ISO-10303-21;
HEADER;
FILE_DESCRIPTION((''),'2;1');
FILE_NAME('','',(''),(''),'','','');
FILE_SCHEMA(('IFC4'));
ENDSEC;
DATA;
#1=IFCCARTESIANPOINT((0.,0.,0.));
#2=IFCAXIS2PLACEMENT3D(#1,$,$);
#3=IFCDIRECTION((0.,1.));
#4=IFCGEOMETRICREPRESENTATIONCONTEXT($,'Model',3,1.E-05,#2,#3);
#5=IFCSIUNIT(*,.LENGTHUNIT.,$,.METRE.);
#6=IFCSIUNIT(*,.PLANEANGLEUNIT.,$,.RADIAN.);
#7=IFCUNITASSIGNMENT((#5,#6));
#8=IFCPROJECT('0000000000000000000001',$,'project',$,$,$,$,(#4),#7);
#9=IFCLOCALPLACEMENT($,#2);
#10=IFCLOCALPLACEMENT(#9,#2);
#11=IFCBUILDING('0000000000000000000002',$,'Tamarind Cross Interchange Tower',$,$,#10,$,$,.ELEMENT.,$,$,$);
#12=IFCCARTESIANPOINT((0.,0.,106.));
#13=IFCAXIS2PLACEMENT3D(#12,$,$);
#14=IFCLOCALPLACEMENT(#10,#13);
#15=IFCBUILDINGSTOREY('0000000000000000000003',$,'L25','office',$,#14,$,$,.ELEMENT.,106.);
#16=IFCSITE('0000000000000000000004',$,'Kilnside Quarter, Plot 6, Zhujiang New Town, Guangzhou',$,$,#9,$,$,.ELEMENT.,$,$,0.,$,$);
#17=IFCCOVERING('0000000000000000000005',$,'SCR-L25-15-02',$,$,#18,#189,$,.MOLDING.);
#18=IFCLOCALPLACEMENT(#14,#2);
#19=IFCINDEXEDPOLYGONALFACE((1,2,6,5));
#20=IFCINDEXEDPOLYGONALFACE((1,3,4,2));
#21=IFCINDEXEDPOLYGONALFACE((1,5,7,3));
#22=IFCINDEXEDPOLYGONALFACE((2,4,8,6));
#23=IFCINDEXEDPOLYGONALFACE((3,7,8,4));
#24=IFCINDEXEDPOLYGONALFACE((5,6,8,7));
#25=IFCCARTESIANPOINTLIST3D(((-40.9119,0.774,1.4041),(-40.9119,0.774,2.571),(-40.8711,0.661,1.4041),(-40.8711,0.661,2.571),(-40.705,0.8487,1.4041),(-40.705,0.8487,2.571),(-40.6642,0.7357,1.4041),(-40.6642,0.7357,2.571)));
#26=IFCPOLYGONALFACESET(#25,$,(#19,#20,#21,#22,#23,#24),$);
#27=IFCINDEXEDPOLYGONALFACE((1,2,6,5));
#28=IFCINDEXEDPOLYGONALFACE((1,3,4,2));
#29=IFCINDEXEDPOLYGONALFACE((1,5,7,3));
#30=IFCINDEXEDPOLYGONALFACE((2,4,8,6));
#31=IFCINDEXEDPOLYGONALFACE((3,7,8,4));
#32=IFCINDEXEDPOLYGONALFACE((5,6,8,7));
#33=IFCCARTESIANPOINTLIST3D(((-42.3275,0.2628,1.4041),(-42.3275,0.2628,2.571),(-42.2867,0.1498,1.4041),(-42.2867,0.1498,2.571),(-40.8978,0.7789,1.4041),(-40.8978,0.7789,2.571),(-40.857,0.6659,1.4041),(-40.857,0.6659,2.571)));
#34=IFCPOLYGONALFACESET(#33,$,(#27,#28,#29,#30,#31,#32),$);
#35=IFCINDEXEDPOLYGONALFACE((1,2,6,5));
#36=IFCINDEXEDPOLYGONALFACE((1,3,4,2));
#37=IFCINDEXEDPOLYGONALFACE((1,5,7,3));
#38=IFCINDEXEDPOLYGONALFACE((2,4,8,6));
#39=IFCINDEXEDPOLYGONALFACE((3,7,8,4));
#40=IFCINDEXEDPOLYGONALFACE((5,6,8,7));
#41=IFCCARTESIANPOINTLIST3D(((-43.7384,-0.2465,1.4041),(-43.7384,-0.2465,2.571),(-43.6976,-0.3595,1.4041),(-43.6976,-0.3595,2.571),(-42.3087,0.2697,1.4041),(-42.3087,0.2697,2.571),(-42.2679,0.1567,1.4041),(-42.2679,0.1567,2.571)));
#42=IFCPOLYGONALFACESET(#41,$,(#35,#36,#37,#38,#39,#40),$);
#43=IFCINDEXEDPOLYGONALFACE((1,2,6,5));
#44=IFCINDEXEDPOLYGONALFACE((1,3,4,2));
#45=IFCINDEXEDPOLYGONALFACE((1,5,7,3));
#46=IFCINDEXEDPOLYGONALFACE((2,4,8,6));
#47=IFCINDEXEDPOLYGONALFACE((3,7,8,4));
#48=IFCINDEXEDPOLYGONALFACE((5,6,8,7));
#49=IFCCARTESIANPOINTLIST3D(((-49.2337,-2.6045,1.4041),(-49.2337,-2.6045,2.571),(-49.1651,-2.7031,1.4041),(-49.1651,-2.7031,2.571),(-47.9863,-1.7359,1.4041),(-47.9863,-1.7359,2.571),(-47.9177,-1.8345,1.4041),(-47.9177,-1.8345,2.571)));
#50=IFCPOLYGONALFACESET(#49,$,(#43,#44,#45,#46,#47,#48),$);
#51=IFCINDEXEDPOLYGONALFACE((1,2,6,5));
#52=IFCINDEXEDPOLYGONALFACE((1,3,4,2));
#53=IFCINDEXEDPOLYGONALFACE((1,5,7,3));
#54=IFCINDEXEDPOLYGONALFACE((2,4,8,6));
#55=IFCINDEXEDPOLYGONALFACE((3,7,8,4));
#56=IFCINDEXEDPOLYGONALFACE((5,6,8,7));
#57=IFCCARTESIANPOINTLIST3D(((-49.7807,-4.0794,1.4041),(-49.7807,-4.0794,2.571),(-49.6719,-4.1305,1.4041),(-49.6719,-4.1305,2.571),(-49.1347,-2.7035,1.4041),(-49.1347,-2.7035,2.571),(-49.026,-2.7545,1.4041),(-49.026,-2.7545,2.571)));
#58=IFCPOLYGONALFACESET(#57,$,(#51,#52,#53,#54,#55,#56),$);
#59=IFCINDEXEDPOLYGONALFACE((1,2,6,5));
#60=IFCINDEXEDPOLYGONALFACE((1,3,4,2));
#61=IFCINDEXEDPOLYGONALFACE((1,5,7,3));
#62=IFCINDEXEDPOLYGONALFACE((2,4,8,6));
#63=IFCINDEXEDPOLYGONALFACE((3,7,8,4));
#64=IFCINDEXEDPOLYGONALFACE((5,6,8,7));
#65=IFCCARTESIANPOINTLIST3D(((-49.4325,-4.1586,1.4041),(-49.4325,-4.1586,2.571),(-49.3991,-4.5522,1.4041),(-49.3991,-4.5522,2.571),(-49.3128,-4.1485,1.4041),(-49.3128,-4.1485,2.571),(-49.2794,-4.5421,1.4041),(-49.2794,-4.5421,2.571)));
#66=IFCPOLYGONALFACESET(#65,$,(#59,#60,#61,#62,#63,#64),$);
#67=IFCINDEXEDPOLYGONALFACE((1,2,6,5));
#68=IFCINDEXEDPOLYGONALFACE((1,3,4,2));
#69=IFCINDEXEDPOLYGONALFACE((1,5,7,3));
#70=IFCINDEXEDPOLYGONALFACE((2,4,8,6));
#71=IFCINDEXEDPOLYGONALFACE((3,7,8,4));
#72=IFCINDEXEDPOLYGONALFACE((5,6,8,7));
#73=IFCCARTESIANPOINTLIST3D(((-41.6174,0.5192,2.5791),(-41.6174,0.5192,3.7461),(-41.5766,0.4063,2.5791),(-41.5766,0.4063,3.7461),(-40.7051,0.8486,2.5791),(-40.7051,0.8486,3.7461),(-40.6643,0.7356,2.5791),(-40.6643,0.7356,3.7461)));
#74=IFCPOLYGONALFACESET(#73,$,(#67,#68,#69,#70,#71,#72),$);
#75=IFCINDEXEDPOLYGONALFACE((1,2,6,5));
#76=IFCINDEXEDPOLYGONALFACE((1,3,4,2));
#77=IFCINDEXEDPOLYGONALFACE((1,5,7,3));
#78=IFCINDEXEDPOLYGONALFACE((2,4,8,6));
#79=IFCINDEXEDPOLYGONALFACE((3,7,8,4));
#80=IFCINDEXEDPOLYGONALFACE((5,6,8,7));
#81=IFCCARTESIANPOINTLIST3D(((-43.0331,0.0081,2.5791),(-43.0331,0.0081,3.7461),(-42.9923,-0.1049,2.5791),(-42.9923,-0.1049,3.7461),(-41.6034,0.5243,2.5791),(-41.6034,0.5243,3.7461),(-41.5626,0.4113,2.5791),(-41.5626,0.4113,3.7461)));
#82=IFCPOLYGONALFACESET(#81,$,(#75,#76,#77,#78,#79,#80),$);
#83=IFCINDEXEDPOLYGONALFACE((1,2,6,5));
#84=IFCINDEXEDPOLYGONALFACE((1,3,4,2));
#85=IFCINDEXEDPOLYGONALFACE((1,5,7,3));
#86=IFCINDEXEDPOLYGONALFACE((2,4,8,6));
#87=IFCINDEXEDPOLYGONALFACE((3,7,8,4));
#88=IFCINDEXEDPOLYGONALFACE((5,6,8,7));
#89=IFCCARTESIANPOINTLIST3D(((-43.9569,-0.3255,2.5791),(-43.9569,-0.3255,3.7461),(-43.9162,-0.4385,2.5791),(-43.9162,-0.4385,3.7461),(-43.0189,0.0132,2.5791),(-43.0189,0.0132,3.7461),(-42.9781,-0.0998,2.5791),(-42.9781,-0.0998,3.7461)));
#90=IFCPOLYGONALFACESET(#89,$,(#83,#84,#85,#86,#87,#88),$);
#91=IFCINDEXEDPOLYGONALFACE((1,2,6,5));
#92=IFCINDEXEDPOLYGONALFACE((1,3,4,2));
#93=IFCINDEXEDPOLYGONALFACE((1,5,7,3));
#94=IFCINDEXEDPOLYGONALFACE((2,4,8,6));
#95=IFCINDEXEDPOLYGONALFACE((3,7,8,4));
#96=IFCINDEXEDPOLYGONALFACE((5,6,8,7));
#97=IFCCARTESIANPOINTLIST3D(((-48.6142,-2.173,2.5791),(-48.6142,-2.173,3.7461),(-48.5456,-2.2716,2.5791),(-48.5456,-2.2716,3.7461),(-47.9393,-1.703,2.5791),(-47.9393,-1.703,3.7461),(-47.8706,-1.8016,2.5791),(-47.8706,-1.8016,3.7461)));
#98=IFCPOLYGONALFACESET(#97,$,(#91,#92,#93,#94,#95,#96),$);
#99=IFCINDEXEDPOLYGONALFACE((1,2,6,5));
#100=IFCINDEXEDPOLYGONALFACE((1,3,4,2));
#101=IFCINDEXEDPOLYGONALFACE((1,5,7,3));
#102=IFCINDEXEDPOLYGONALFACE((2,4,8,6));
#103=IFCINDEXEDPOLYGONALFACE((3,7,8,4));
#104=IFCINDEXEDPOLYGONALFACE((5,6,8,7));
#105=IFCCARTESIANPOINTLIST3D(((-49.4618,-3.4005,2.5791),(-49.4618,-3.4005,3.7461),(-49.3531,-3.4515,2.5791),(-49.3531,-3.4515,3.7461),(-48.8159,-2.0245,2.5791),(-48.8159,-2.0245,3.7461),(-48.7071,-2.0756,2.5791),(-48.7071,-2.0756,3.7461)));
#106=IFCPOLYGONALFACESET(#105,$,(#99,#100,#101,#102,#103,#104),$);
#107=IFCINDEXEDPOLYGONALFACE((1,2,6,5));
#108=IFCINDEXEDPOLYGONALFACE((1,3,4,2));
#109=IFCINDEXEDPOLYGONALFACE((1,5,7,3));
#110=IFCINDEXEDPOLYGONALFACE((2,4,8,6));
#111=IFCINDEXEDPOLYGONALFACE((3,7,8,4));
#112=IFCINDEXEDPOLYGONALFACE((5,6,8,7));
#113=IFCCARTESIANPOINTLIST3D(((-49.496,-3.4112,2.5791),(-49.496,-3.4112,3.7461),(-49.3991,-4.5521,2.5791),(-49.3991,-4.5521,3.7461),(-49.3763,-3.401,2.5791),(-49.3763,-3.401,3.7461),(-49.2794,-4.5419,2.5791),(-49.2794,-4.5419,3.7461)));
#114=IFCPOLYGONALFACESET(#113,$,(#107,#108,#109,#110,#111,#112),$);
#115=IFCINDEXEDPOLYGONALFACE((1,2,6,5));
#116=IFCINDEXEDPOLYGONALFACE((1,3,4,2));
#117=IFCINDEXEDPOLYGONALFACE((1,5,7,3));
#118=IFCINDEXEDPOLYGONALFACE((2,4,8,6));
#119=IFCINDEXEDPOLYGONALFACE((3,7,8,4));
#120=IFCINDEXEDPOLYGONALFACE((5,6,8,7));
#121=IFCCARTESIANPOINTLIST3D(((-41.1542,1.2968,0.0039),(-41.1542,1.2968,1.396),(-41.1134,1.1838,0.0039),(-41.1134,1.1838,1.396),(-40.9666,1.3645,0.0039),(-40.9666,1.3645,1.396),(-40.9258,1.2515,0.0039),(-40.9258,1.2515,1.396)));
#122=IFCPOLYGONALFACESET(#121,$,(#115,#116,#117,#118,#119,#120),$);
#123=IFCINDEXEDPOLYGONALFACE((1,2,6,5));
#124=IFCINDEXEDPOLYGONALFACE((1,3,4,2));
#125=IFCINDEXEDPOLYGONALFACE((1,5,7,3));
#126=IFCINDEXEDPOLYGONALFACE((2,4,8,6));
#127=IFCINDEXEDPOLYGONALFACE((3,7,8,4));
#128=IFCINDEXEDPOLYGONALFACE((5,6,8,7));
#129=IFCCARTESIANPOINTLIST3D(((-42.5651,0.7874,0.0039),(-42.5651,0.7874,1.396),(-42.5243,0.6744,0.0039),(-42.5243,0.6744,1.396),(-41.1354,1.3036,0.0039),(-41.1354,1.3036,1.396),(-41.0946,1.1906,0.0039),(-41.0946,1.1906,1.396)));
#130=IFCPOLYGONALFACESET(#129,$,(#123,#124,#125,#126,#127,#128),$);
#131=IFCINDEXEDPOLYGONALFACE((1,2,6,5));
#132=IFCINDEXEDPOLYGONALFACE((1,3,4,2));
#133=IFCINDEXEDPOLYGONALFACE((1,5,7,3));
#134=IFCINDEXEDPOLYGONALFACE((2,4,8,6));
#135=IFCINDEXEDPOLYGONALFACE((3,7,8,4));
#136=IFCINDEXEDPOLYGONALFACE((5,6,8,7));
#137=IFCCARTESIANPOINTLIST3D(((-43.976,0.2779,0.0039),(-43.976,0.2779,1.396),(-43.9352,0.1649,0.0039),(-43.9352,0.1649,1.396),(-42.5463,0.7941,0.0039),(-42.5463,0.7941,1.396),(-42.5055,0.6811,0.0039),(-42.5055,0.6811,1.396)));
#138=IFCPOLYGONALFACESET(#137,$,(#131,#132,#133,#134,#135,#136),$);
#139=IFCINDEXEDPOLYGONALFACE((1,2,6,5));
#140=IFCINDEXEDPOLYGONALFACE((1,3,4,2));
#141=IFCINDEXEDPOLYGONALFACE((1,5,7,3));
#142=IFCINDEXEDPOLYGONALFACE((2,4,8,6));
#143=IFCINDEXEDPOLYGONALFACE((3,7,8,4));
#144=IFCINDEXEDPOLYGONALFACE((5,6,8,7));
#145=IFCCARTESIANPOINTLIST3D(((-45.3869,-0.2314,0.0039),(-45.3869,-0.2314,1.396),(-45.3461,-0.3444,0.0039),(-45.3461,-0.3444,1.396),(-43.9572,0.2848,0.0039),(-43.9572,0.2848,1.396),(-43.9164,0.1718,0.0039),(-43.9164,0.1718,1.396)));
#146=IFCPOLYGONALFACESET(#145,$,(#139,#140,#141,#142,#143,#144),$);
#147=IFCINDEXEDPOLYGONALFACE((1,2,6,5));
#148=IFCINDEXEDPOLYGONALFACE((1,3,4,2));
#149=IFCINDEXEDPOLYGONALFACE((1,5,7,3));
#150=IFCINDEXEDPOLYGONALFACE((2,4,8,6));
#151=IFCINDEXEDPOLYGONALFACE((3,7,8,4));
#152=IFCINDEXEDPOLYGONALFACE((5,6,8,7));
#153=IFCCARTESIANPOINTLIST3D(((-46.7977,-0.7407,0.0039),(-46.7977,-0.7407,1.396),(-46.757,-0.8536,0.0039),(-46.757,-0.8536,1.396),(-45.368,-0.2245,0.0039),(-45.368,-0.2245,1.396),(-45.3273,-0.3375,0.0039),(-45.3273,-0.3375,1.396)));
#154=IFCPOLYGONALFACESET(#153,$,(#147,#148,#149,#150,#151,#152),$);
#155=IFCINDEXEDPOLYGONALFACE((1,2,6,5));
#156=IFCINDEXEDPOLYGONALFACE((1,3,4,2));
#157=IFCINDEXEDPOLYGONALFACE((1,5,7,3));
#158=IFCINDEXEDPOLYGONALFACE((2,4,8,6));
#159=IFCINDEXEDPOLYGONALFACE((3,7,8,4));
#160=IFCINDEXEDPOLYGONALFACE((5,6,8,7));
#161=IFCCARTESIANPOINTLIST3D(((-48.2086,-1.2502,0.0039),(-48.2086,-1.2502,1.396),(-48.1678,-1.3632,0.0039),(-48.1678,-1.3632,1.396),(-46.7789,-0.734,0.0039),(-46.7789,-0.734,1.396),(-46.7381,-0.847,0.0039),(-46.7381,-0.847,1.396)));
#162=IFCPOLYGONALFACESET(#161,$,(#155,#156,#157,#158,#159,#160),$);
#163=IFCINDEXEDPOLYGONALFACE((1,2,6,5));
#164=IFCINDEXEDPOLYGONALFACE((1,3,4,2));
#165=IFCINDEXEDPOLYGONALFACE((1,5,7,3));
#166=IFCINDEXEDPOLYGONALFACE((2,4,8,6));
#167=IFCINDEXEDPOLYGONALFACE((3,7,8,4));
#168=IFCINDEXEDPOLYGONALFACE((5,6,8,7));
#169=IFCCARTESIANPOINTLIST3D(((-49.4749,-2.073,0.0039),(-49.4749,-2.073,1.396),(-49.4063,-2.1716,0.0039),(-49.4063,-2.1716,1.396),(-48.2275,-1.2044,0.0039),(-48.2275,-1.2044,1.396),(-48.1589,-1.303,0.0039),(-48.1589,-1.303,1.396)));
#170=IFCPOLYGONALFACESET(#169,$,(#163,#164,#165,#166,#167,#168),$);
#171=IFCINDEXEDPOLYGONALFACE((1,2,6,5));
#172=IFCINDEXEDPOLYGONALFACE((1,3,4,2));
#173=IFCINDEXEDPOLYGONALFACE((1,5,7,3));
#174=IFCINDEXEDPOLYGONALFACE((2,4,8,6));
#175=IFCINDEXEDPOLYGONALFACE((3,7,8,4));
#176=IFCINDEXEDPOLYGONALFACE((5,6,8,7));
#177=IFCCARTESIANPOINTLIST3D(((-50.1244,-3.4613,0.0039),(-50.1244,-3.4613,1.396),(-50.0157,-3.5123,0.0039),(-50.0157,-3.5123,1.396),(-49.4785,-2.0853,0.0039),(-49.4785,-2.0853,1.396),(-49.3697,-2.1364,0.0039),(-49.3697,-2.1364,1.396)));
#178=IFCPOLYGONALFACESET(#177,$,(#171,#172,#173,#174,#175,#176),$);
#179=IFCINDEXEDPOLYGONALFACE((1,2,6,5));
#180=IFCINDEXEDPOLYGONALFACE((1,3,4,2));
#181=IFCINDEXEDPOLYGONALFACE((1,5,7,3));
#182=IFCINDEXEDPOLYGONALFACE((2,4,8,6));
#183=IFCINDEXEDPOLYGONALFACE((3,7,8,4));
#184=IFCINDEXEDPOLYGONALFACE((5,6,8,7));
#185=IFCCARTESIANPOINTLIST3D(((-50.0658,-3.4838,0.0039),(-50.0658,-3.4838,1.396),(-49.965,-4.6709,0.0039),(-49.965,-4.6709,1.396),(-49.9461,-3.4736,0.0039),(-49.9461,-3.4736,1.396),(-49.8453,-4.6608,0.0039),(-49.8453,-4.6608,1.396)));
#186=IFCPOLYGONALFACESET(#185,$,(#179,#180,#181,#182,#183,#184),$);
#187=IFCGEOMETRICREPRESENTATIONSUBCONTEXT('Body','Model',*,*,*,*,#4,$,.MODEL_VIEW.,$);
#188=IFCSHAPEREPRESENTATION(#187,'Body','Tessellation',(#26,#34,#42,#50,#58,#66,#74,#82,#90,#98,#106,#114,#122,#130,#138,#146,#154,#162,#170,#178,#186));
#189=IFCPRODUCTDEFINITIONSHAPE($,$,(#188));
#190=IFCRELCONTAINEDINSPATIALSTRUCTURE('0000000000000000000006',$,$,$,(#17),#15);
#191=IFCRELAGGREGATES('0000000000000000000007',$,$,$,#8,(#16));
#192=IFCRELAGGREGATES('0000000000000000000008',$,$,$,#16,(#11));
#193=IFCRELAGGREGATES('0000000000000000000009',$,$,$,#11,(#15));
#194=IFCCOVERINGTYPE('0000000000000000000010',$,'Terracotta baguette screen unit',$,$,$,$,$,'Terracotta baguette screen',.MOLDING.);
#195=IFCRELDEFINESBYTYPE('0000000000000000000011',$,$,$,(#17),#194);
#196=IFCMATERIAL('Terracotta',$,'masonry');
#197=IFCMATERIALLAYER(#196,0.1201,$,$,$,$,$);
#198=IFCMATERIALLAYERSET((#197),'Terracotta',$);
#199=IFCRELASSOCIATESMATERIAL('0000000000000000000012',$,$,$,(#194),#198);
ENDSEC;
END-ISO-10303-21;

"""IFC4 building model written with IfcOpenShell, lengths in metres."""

from ifc_helpers import new_model, si_unit, direction, frame, origin, origin_2d, place, context, subcontext, project, spatial, rectangle, extrude, material, layer, layer_set, type_object, element, save


model = new_model("IFC4")

# Units and contexts
model_context = context("Model", 3, precision=1e-05, world=origin(), true_north=direction((0.0, 1.0)))
body_context = subcontext(model_context, "Body", "Model", "MODEL_VIEW")
ifc_project = project(units=[si_unit("LENGTHUNIT", "METRE"), si_unit("PLANEANGLEUNIT", "RADIAN")], contexts=[model_context])

# Site, building, storey
site_placement = place(None, origin())
site = spatial("IfcSite", under=ifc_project, at=site_placement, Name="Kilnside Quarter, Plot 6, Zhujiang New Town, Guangzhou", CompositionType="ELEMENT", RefElevation=0.0)
building_placement = place(site_placement, origin())
building = spatial("IfcBuilding", under=site, at=building_placement, Name="Tamarind Cross Interchange Tower", CompositionType="ELEMENT")
storey_placement = place(building_placement, frame((0.0, 0.0, 106.0)))
storey = spatial("IfcBuildingStorey", under=building, at=storey_placement, Name="L25", Description="office", CompositionType="ELEMENT", Elevation=106.0)

# Covering
ifc_material_1 = material(Name="Terracotta", Category="masonry")
ifc_layer_1 = layer(ifc_material_1, 0.1201)
ifc_layer_set_1 = layer_set([ifc_layer_1], Name="Terracotta")
covering_type = type_object("IfcCoveringType", Name="Terracotta baguette screen unit", ElementType="Terracotta baguette screen", PredefinedType="MOLDING", material=ifc_layer_set_1)
covering_1_placement = place(storey_placement, origin())
element("IfcCovering", 1, at=covering_1_placement, inside=storey, type_object=covering_type, Name="SCR-L25-15-02", PredefinedType="MOLDING", context=body_context, shape_type="SweptSolid", body=[
    extrude(rectangle(XDim=0.22, YDim=0.1201, at=origin_2d()), frame((-40.7881, 0.7549, 1.4041), z_axis=(0.0, 0.0, 1.0), x_axis=(-0.940578, -0.339579, 0.0)), (0.0, 0.0, 1.0), 1.167),
    extrude(rectangle(XDim=1.52, YDim=0.1201, at=origin_2d()), frame((-41.5923, 0.4644, 1.4041), z_axis=(0.0, 0.0, 1.0), x_axis=(-0.940578, -0.339579, 0.0)), (0.0, 0.0, 1.0), 1.167),
    extrude(rectangle(XDim=1.52, YDim=0.1201, at=origin_2d()), frame((-43.0032, -0.0449, 1.4041), z_axis=(0.0, 0.0, 1.0), x_axis=(-0.940578, -0.339579, 0.0)), (0.0, 0.0, 1.0), 1.167),
    extrude(rectangle(XDim=1.52, YDim=0.1201, at=origin_2d()), frame((-48.5757, -2.2195, 1.4041), z_axis=(0.0, 0.0, 1.0), x_axis=(-0.820639, -0.571447, 0.0)), (0.0, 0.0, 1.0), 1.167),
    extrude(rectangle(XDim=1.52, YDim=0.1201, at=origin_2d()), frame((-49.4033, -3.417, 1.4041), z_axis=(0.0, 0.0, 1.0), x_axis=(-0.424971, -0.905207, 0.0)), (0.0, 0.0, 1.0), 1.167),
    extrude(rectangle(XDim=0.395, YDim=0.1201, at=origin_2d()), frame((-49.356, -4.3503, 1.4041), z_axis=(0.0, 0.0, 1.0), x_axis=(0.084568, -0.996418, 0.0)), (0.0, 0.0, 1.0), 1.167),
    extrude(rectangle(XDim=0.97, YDim=0.1201, at=origin_2d()), frame((-41.1409, 0.6274, 2.5791), z_axis=(0.0, 0.0, 1.0), x_axis=(-0.940578, -0.339579, 0.0)), (0.0, 0.0, 1.0), 1.167),
    extrude(rectangle(XDim=1.52, YDim=0.1201, at=origin_2d()), frame((-42.2979, 0.2097, 2.5791), z_axis=(0.0, 0.0, 1.0), x_axis=(-0.940578, -0.339579, 0.0)), (0.0, 0.0, 1.0), 1.167),
    extrude(rectangle(XDim=0.9973, YDim=0.1201, at=origin_2d()), frame((-43.4675, -0.2126, 2.5791), z_axis=(0.0, 0.0, 1.0), x_axis=(-0.940578, -0.339579, 0.0)), (0.0, 0.0, 1.0), 1.167),
    extrude(rectangle(XDim=0.8225, YDim=0.1201, at=origin_2d()), frame((-48.2424, -1.9873, 2.5791), z_axis=(0.0, 0.0, 1.0), x_axis=(-0.820639, -0.571447, 0.0)), (0.0, 0.0, 1.0), 1.167),
    extrude(rectangle(XDim=1.52, YDim=0.1201, at=origin_2d()), frame((-49.0845, -2.738, 2.5791), z_axis=(0.0, 0.0, 1.0), x_axis=(-0.424971, -0.905207, 0.0)), (0.0, 0.0, 1.0), 1.167),
    extrude(rectangle(XDim=1.145, YDim=0.1201, at=origin_2d()), frame((-49.3877, -3.9766, 2.5791), z_axis=(0.0, 0.0, 1.0), x_axis=(0.084568, -0.996418, 0.0)), (0.0, 0.0, 1.0), 1.167),
    extrude(rectangle(XDim=0.1995, YDim=0.1201, at=origin_2d()), frame((-41.04, 1.2742, 0.0039), z_axis=(0.0, 0.0, 1.0), x_axis=(-0.940578, -0.339579, 0.0)), (0.0, 0.0, 1.0), 1.3921),
    extrude(rectangle(XDim=1.52, YDim=0.1201, at=origin_2d()), frame((-41.8298, 0.989, 0.0039), z_axis=(0.0, 0.0, 1.0), x_axis=(-0.940578, -0.339579, 0.0)), (0.0, 0.0, 1.0), 1.3921),
    extrude(rectangle(XDim=1.52, YDim=0.1201, at=origin_2d()), frame((-43.2407, 0.4795, 0.0039), z_axis=(0.0, 0.0, 1.0), x_axis=(-0.940578, -0.339579, 0.0)), (0.0, 0.0, 1.0), 1.3921),
    extrude(rectangle(XDim=1.52, YDim=0.1201, at=origin_2d()), frame((-44.6516, -0.0298, 0.0039), z_axis=(0.0, 0.0, 1.0), x_axis=(-0.940578, -0.339579, 0.0)), (0.0, 0.0, 1.0), 1.3921),
    extrude(rectangle(XDim=1.52, YDim=0.1201, at=origin_2d()), frame((-46.0625, -0.5391, 0.0039), z_axis=(0.0, 0.0, 1.0), x_axis=(-0.940578, -0.339579, 0.0)), (0.0, 0.0, 1.0), 1.3921),
    extrude(rectangle(XDim=1.52, YDim=0.1201, at=origin_2d()), frame((-47.4734, -1.0486, 0.0039), z_axis=(0.0, 0.0, 1.0), x_axis=(-0.940578, -0.339579, 0.0)), (0.0, 0.0, 1.0), 1.3921),
    extrude(rectangle(XDim=1.52, YDim=0.1201, at=origin_2d()), frame((-48.8169, -1.688, 0.0039), z_axis=(0.0, 0.0, 1.0), x_axis=(-0.820639, -0.571447, 0.0)), (0.0, 0.0, 1.0), 1.3921),
    extrude(rectangle(XDim=1.52, YDim=0.1201, at=origin_2d()), frame((-49.7471, -2.7988, 0.0039), z_axis=(0.0, 0.0, 1.0), x_axis=(-0.424971, -0.905207, 0.0)), (0.0, 0.0, 1.0), 1.3921),
    extrude(rectangle(XDim=1.1914, YDim=0.1201, at=origin_2d()), frame((-49.9556, -4.0723, 0.0039), z_axis=(0.0, 0.0, 1.0), x_axis=(0.084568, -0.996418, 0.0)), (0.0, 0.0, 1.0), 1.3921),
])

save(model, "model.ifc")
